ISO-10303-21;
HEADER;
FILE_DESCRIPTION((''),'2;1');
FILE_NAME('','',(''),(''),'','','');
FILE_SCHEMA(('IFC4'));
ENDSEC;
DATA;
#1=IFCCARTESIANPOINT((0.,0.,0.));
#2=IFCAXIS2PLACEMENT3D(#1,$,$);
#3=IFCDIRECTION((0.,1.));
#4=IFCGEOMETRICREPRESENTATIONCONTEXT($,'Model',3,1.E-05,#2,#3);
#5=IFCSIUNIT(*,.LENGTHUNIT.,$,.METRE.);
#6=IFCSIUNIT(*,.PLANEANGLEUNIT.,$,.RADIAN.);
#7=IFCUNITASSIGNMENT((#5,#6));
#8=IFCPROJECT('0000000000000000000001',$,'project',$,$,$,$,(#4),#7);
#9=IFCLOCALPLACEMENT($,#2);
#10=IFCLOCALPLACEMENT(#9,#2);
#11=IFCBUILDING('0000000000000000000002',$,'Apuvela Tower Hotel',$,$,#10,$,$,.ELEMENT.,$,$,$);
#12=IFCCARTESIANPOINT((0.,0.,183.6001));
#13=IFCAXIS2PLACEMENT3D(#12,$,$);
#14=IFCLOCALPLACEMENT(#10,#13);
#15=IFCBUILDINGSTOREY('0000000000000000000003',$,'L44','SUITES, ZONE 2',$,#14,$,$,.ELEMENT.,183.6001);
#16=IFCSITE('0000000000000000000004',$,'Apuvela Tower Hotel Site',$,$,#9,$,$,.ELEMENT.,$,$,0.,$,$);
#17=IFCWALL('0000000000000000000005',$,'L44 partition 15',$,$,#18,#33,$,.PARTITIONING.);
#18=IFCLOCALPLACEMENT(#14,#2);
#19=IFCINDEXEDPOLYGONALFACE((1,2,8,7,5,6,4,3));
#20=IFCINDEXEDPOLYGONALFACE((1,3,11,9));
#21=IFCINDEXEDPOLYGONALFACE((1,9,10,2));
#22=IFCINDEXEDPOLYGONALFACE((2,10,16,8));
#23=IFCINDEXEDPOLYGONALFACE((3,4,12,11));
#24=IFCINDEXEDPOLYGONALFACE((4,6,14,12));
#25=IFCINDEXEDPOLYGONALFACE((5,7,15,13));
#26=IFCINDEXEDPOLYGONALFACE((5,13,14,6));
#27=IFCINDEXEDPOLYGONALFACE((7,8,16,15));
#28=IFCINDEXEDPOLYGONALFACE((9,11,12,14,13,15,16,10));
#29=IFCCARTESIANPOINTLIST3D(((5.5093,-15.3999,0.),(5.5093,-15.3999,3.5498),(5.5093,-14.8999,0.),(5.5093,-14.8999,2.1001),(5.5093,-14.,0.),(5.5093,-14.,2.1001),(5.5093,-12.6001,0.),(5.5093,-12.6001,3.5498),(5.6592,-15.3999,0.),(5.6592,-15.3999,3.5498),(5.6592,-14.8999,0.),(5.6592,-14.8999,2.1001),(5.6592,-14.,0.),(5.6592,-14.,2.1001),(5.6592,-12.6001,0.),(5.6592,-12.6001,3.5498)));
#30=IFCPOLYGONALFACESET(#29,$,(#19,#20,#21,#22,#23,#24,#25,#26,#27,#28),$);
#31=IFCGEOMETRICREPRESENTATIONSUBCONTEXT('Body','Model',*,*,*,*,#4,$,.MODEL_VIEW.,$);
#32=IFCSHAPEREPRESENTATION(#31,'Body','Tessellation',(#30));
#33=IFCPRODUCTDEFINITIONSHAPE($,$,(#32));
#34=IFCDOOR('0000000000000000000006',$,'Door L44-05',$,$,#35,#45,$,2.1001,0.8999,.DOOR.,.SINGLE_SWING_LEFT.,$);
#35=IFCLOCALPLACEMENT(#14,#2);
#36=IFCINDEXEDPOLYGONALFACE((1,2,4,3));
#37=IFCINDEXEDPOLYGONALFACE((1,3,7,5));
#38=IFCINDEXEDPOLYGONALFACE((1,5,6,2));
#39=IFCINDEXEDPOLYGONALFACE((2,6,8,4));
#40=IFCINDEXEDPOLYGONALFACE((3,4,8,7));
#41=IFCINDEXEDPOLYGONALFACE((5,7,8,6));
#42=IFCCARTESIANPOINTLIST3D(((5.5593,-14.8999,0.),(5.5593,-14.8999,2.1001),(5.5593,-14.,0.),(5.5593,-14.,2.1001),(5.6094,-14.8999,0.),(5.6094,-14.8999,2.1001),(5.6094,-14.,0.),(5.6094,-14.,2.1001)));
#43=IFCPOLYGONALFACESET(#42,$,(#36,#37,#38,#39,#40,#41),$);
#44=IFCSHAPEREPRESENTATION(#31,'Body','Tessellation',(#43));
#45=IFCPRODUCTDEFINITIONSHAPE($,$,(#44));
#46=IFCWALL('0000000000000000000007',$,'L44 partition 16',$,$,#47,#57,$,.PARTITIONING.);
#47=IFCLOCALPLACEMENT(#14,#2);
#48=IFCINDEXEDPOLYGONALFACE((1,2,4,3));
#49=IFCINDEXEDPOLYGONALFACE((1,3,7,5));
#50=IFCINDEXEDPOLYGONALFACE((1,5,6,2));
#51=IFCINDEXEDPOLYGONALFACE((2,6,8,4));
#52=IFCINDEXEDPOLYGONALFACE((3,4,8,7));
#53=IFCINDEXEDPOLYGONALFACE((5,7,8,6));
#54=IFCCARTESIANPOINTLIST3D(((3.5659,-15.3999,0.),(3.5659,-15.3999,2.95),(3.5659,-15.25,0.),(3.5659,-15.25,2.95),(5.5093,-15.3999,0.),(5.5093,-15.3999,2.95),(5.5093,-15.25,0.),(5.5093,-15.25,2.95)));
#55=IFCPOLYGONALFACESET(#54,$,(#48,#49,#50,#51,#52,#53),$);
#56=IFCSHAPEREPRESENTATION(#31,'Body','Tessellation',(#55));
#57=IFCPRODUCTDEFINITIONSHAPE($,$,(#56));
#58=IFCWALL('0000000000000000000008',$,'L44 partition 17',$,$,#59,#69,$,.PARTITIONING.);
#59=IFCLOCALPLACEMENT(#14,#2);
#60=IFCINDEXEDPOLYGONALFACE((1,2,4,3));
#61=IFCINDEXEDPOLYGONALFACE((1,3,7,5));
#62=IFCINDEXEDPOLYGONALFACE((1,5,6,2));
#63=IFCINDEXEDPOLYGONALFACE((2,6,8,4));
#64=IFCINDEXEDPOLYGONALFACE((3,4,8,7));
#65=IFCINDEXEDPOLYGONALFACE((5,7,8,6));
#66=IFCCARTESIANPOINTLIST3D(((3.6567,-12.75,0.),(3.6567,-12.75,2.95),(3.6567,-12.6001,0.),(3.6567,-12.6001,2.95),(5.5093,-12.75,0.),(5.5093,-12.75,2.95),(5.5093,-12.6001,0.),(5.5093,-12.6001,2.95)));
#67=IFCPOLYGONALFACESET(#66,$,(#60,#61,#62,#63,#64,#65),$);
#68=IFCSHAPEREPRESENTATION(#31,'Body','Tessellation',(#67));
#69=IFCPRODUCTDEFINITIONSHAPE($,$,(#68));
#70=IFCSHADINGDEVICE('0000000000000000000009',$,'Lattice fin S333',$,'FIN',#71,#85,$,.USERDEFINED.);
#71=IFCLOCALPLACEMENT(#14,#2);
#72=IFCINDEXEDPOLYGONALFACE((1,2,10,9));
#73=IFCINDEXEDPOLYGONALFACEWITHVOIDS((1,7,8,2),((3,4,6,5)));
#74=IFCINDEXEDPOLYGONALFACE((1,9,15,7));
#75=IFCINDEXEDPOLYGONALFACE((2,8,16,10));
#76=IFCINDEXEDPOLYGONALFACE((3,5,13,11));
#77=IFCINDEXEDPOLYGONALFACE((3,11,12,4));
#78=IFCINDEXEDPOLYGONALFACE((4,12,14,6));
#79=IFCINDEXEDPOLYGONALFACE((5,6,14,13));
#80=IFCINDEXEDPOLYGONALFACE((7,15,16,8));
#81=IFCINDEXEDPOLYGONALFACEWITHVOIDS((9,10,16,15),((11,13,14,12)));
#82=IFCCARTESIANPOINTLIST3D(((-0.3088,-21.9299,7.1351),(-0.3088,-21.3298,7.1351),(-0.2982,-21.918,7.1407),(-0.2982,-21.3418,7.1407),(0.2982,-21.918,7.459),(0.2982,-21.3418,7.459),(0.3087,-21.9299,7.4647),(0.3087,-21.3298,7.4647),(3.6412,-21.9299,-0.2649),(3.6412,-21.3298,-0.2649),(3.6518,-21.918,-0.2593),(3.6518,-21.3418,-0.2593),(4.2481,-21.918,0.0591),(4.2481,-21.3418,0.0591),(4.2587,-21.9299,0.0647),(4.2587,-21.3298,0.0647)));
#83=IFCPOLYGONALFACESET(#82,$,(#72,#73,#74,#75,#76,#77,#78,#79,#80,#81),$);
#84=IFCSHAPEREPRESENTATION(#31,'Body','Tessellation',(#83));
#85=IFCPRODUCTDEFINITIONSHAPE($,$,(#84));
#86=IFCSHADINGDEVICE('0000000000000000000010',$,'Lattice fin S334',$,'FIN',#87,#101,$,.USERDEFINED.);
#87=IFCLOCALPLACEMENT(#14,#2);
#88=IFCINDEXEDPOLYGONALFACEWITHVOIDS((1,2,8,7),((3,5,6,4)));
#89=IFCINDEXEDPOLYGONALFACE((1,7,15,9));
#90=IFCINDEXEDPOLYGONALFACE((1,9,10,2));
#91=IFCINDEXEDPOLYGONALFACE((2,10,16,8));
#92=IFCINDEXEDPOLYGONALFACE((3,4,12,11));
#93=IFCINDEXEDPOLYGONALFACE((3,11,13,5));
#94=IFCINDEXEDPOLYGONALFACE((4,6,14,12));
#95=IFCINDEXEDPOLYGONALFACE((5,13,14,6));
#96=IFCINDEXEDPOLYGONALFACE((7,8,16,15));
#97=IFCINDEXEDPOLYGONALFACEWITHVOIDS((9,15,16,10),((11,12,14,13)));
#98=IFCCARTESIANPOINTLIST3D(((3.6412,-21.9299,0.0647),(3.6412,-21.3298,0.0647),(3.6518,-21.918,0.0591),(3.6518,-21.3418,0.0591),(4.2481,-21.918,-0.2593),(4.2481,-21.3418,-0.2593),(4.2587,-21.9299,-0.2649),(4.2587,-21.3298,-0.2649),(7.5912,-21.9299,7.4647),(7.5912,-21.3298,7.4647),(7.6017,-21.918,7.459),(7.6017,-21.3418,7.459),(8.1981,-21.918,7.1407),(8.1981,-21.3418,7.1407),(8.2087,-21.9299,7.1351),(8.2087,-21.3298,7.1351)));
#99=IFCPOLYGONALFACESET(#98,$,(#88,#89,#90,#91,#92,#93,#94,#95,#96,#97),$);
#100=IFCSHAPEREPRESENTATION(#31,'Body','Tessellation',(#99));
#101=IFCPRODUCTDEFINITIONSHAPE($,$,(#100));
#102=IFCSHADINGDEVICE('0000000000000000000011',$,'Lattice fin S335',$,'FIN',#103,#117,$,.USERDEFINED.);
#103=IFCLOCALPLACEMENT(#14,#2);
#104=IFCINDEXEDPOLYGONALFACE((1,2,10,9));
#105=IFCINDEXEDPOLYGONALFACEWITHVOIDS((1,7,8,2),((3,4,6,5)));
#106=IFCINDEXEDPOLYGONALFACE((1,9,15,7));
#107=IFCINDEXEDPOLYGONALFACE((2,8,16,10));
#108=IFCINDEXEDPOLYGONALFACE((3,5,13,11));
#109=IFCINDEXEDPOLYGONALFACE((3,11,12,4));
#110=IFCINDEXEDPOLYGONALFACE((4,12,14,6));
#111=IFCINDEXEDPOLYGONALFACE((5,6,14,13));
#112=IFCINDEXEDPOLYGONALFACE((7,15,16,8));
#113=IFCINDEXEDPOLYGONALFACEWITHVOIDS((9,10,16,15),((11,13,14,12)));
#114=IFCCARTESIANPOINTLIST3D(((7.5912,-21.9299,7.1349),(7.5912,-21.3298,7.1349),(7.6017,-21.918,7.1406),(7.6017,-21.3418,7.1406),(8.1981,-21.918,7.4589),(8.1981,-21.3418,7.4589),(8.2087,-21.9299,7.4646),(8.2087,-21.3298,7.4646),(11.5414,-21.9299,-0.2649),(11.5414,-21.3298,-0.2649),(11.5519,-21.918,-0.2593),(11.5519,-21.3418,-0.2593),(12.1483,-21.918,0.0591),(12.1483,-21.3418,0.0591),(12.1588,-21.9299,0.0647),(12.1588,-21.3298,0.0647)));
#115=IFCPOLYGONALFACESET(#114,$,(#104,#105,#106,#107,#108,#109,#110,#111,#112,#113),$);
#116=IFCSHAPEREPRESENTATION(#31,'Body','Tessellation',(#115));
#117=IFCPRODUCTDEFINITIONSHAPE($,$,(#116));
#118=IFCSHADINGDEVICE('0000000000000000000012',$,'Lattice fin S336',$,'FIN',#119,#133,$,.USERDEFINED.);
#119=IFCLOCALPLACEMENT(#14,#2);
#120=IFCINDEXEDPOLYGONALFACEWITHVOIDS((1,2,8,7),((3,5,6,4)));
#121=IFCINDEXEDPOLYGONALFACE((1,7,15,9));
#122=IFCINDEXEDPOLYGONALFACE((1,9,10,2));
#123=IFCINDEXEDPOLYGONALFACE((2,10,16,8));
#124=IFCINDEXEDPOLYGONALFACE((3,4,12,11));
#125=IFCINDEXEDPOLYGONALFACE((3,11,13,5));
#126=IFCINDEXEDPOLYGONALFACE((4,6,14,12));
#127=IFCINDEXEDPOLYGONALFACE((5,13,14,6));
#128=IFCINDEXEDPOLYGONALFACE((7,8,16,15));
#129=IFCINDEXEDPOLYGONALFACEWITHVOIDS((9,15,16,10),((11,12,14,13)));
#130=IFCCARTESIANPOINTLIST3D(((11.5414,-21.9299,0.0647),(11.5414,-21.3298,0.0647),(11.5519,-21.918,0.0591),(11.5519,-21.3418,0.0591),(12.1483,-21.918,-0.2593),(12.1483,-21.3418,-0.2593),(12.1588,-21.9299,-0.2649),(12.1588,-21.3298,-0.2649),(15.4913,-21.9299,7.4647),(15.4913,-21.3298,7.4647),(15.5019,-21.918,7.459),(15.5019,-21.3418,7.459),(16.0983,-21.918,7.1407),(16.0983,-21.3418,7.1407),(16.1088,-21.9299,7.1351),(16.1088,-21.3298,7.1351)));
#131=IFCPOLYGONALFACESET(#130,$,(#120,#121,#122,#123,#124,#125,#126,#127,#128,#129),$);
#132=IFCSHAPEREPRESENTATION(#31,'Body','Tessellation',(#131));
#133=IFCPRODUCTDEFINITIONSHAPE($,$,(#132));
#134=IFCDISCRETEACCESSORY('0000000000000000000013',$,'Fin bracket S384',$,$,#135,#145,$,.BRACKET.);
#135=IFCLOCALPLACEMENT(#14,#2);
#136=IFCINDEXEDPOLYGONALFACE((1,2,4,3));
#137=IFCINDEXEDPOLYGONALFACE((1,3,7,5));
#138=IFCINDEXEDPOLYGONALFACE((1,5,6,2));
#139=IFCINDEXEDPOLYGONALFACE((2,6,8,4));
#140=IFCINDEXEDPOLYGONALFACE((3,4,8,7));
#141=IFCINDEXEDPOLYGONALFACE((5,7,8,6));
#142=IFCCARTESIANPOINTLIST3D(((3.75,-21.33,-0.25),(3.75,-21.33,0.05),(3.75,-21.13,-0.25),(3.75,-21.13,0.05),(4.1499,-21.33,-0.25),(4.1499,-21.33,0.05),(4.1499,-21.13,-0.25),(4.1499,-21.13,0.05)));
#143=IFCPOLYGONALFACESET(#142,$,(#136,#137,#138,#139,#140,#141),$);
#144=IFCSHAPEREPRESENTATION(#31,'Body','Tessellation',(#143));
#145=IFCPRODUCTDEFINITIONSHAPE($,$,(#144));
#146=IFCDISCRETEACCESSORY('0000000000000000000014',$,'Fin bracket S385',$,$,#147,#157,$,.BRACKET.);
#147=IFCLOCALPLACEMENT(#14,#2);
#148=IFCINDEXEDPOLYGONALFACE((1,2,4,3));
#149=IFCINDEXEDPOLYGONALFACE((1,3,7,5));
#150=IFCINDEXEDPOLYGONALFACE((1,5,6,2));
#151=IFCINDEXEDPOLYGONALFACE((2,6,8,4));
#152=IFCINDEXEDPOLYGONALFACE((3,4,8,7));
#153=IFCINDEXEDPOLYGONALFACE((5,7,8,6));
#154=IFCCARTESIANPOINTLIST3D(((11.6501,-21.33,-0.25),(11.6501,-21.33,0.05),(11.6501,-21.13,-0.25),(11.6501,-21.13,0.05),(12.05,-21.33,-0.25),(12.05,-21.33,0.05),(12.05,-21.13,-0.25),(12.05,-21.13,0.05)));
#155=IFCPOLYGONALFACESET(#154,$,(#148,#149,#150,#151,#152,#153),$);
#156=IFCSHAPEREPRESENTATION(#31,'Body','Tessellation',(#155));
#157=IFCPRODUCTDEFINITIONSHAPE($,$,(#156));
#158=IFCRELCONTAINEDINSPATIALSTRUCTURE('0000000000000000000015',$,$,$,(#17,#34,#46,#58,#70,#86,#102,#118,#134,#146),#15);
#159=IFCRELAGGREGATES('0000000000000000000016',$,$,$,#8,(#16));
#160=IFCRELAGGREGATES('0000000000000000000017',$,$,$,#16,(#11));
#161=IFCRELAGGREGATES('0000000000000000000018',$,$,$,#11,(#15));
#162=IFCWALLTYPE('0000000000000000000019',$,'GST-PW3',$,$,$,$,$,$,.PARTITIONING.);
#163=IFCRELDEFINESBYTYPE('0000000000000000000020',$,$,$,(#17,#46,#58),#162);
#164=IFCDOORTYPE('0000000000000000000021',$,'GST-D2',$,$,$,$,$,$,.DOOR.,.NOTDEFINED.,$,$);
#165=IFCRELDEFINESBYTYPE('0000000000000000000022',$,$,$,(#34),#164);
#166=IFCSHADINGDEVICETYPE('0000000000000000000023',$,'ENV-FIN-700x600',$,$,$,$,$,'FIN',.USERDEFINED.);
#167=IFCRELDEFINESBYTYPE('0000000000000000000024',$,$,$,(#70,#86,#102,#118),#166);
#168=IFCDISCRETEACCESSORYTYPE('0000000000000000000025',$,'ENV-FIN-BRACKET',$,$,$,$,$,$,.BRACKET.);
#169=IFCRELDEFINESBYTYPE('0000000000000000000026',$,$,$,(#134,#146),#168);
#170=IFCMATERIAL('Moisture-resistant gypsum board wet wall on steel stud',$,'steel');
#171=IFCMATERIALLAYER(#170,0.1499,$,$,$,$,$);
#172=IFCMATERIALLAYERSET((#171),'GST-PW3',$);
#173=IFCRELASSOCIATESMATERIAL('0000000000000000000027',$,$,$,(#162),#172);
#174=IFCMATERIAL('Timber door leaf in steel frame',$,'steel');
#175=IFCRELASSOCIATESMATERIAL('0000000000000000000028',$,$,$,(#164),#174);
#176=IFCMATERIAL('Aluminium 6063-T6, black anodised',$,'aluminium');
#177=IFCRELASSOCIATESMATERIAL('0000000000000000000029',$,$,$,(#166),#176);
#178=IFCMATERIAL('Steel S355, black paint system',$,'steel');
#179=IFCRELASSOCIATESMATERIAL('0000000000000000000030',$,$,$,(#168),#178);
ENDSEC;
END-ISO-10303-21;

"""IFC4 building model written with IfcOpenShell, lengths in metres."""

from ifc_helpers import new_model, si_unit, direction, frame, frame_2d, origin, origin_2d, place, context, subcontext, project, spatial, rectangle, hollow_rectangle, extrude, material, layer, layer_set, material_profile, profile_set, type_object, element, fill, save


model = new_model("IFC4")

# Units and contexts
model_context = context("Model", 3, precision=1e-05, world=origin(), true_north=direction((0.0, 1.0)))
body_context = subcontext(model_context, "Body", "Model", "MODEL_VIEW")
ifc_project = project(units=[si_unit("LENGTHUNIT", "METRE"), si_unit("PLANEANGLEUNIT", "RADIAN")], contexts=[model_context])

# Site, building, storey
site_placement = place(None, origin())
site = spatial("IfcSite", under=ifc_project, at=site_placement, Name="Apuvela Tower Hotel Site", CompositionType="ELEMENT", RefElevation=0.0)
building_placement = place(site_placement, origin())
building = spatial("IfcBuilding", under=site, at=building_placement, Name="Apuvela Tower Hotel", CompositionType="ELEMENT")
storey_placement = place(building_placement, frame((0.0, 0.0, 183.6001)))
storey = spatial("IfcBuildingStorey", under=building, at=storey_placement, Name="L44", Description="SUITES, ZONE 2", CompositionType="ELEMENT", Elevation=183.6001)

# Shared definitions
ifc_material_1 = material(Name="Moisture-resistant gypsum board wet wall on steel stud", Category="steel")
ifc_layer_1 = layer(ifc_material_1, 0.1499)
ifc_layer_set_1 = layer_set([ifc_layer_1], Name="GST-PW3")
wall_type_1 = type_object("IfcWallType", Name="GST-PW3", PredefinedType="PARTITIONING", material=ifc_layer_set_1)

# Wall, opening, door
wall_1_placement = place(storey_placement, frame((5.5842, -15.3999, 0.0), z_axis=(0.0, 0.0, 1.0), x_axis=(0.0, 1.0, 0.0)))
wall_1 = element("IfcWall", 1, at=wall_1_placement, inside=storey, type_object=wall_type_1, Name="L44 partition 15", PredefinedType="PARTITIONING", context=body_context, shape_type="SweptSolid", body=[
    extrude(rectangle(XDim=2.7998, YDim=0.1499, at=frame_2d((1.3999, 0.0))), origin(), (0.0, 0.0, 1.0), 3.5498),
])
opening_1_placement = place(wall_1_placement, frame((0.5, 0.0, 0.0)))
opening_1 = element("IfcOpeningElement", 2, at=opening_1_placement, cuts=wall_1, PredefinedType="OPENING", context=body_context, shape_type="SweptSolid", body=[
    extrude(rectangle(XDim=0.8999, YDim=2.1001, at=frame_2d((0.45, 1.05))), frame((0.0, 0.085, 0.0), z_axis=(0.0, -1.0, 0.0), x_axis=(1.0, 0.0, 0.0)), (0.0, 0.0, 1.0), 0.1699),
])
ifc_material_2 = material(Name="Timber door leaf in steel frame", Category="steel")
door_type_1 = type_object("IfcDoorType", Name="GST-D2", OperationType="NOTDEFINED", PredefinedType="DOOR", material=ifc_material_2)
door_1_placement = place(opening_1_placement, origin())
door_1 = element("IfcDoor", 3, at=door_1_placement, inside=storey, type_object=door_type_1, Name="Door L44-05", OperationType="SINGLE_SWING_LEFT", OverallHeight=2.1001, OverallWidth=0.8999, PredefinedType="DOOR", context=body_context, shape_type="SweptSolid", body=[
    extrude(rectangle(XDim=0.8999, YDim=2.1001, at=frame_2d((0.45, 1.05))), frame((0.0, 0.0249, 0.0), z_axis=(0.0, -1.0, 0.0), x_axis=(1.0, 0.0, 0.0)), (0.0, 0.0, 1.0), 0.05),
])
fill(opening_1, door_1)

# Walls
wall_2_placement = place(storey_placement, frame((3.5659, -15.325, 0.0), z_axis=(0.0, 0.0, 1.0), x_axis=(1.0, 0.0, 0.0)))
element("IfcWall", 4, at=wall_2_placement, inside=storey, type_object=wall_type_1, Name="L44 partition 16", PredefinedType="PARTITIONING", context=body_context, shape_type="SweptSolid", body=[
    extrude(rectangle(XDim=1.9434, YDim=0.1499, at=frame_2d((0.9717, 0.0))), origin(), (0.0, 0.0, 1.0), 2.95),
])
wall_3_placement = place(storey_placement, frame((3.6567, -12.675, 0.0), z_axis=(0.0, 0.0, 1.0), x_axis=(1.0, 0.0, 0.0)))
element("IfcWall", 5, at=wall_3_placement, inside=storey, type_object=wall_type_1, Name="L44 partition 17", PredefinedType="PARTITIONING", context=body_context, shape_type="SweptSolid", body=[
    extrude(rectangle(XDim=1.8525, YDim=0.1499, at=frame_2d((0.9263, 0.0))), origin(), (0.0, 0.0, 1.0), 2.95),
])

# Shading devices
ifc_material_3 = material(Name="Aluminium 6063-T6, black anodised", Category="aluminium")
ifc_material_profile_1 = material_profile(ifc_material_3, hollow_rectangle(XDim=0.6001, YDim=0.7, WallThickness=0.012, at=origin_2d()), Name="AL BOX 700x600x12")
ifc_profile_set_1 = profile_set([ifc_material_profile_1], Name="Aluminium 6063-T6, black anodised")
shading_device_type = type_object("IfcShadingDeviceType", Name="ENV-FIN-700x600", ElementType="FIN", PredefinedType="USERDEFINED", material=ifc_profile_set_1)
for number, where, z_axis, x_axis, name in (
    (6, (3.95, -21.6299, -0.1001), (-0.470898, 0.0, 0.882188), (0.0, -1.0, 0.0), "Lattice fin S333"),
    (7, (3.95, -21.6299, -0.1001), (0.470898, 0.0, 0.882188), (0.0, 1.0, 0.0), "Lattice fin S334"),
    (8, (11.8501, -21.6299, -0.1001), (-0.470921, 0.0, 0.882176), (0.0, -1.0, 0.0), "Lattice fin S335"),
    (9, (11.8501, -21.6299, -0.1001), (0.470898, 0.0, 0.882188), (0.0, 1.0, 0.0), "Lattice fin S336"),
):
    element("IfcShadingDevice", number, at=place(storey_placement, frame(where, z_axis=z_axis, x_axis=x_axis)), inside=storey, type_object=shading_device_type, Name=name, ObjectType="FIN", PredefinedType="USERDEFINED", context=body_context, shape_type="SweptSolid", body=[
        extrude(hollow_rectangle(XDim=0.6001, YDim=0.7, WallThickness=0.012, at=origin_2d()), origin(), (0.0, 0.0, 1.0), 8.3882),
    ])

# Discrete accessories
ifc_material_4 = material(Name="Steel S355, black paint system", Category="steel")
discrete_accessory_type = type_object("IfcDiscreteAccessoryType", Name="ENV-FIN-BRACKET", PredefinedType="BRACKET", material=ifc_material_4)
for number, where, z_axis, x_axis, name in (
    (10, (3.95, -21.23, -0.25), (0.0, 0.0, 1.0), (1.0, 0.0, 0.0), "Fin bracket S384"),
    (11, (11.8501, -21.23, -0.25), (0.0, 0.0, 1.0), (1.0, 0.0, 0.0), "Fin bracket S385"),
):
    element("IfcDiscreteAccessory", number, at=place(storey_placement, frame(where, z_axis=z_axis, x_axis=x_axis)), inside=storey, type_object=discrete_accessory_type, Name=name, PredefinedType="BRACKET", context=body_context, shape_type="SweptSolid", body=[
        extrude(rectangle(XDim=0.3999, YDim=0.2, at=origin_2d()), origin(), (0.0, 0.0, 1.0), 0.3),
    ])

save(model, "model.ifc")
